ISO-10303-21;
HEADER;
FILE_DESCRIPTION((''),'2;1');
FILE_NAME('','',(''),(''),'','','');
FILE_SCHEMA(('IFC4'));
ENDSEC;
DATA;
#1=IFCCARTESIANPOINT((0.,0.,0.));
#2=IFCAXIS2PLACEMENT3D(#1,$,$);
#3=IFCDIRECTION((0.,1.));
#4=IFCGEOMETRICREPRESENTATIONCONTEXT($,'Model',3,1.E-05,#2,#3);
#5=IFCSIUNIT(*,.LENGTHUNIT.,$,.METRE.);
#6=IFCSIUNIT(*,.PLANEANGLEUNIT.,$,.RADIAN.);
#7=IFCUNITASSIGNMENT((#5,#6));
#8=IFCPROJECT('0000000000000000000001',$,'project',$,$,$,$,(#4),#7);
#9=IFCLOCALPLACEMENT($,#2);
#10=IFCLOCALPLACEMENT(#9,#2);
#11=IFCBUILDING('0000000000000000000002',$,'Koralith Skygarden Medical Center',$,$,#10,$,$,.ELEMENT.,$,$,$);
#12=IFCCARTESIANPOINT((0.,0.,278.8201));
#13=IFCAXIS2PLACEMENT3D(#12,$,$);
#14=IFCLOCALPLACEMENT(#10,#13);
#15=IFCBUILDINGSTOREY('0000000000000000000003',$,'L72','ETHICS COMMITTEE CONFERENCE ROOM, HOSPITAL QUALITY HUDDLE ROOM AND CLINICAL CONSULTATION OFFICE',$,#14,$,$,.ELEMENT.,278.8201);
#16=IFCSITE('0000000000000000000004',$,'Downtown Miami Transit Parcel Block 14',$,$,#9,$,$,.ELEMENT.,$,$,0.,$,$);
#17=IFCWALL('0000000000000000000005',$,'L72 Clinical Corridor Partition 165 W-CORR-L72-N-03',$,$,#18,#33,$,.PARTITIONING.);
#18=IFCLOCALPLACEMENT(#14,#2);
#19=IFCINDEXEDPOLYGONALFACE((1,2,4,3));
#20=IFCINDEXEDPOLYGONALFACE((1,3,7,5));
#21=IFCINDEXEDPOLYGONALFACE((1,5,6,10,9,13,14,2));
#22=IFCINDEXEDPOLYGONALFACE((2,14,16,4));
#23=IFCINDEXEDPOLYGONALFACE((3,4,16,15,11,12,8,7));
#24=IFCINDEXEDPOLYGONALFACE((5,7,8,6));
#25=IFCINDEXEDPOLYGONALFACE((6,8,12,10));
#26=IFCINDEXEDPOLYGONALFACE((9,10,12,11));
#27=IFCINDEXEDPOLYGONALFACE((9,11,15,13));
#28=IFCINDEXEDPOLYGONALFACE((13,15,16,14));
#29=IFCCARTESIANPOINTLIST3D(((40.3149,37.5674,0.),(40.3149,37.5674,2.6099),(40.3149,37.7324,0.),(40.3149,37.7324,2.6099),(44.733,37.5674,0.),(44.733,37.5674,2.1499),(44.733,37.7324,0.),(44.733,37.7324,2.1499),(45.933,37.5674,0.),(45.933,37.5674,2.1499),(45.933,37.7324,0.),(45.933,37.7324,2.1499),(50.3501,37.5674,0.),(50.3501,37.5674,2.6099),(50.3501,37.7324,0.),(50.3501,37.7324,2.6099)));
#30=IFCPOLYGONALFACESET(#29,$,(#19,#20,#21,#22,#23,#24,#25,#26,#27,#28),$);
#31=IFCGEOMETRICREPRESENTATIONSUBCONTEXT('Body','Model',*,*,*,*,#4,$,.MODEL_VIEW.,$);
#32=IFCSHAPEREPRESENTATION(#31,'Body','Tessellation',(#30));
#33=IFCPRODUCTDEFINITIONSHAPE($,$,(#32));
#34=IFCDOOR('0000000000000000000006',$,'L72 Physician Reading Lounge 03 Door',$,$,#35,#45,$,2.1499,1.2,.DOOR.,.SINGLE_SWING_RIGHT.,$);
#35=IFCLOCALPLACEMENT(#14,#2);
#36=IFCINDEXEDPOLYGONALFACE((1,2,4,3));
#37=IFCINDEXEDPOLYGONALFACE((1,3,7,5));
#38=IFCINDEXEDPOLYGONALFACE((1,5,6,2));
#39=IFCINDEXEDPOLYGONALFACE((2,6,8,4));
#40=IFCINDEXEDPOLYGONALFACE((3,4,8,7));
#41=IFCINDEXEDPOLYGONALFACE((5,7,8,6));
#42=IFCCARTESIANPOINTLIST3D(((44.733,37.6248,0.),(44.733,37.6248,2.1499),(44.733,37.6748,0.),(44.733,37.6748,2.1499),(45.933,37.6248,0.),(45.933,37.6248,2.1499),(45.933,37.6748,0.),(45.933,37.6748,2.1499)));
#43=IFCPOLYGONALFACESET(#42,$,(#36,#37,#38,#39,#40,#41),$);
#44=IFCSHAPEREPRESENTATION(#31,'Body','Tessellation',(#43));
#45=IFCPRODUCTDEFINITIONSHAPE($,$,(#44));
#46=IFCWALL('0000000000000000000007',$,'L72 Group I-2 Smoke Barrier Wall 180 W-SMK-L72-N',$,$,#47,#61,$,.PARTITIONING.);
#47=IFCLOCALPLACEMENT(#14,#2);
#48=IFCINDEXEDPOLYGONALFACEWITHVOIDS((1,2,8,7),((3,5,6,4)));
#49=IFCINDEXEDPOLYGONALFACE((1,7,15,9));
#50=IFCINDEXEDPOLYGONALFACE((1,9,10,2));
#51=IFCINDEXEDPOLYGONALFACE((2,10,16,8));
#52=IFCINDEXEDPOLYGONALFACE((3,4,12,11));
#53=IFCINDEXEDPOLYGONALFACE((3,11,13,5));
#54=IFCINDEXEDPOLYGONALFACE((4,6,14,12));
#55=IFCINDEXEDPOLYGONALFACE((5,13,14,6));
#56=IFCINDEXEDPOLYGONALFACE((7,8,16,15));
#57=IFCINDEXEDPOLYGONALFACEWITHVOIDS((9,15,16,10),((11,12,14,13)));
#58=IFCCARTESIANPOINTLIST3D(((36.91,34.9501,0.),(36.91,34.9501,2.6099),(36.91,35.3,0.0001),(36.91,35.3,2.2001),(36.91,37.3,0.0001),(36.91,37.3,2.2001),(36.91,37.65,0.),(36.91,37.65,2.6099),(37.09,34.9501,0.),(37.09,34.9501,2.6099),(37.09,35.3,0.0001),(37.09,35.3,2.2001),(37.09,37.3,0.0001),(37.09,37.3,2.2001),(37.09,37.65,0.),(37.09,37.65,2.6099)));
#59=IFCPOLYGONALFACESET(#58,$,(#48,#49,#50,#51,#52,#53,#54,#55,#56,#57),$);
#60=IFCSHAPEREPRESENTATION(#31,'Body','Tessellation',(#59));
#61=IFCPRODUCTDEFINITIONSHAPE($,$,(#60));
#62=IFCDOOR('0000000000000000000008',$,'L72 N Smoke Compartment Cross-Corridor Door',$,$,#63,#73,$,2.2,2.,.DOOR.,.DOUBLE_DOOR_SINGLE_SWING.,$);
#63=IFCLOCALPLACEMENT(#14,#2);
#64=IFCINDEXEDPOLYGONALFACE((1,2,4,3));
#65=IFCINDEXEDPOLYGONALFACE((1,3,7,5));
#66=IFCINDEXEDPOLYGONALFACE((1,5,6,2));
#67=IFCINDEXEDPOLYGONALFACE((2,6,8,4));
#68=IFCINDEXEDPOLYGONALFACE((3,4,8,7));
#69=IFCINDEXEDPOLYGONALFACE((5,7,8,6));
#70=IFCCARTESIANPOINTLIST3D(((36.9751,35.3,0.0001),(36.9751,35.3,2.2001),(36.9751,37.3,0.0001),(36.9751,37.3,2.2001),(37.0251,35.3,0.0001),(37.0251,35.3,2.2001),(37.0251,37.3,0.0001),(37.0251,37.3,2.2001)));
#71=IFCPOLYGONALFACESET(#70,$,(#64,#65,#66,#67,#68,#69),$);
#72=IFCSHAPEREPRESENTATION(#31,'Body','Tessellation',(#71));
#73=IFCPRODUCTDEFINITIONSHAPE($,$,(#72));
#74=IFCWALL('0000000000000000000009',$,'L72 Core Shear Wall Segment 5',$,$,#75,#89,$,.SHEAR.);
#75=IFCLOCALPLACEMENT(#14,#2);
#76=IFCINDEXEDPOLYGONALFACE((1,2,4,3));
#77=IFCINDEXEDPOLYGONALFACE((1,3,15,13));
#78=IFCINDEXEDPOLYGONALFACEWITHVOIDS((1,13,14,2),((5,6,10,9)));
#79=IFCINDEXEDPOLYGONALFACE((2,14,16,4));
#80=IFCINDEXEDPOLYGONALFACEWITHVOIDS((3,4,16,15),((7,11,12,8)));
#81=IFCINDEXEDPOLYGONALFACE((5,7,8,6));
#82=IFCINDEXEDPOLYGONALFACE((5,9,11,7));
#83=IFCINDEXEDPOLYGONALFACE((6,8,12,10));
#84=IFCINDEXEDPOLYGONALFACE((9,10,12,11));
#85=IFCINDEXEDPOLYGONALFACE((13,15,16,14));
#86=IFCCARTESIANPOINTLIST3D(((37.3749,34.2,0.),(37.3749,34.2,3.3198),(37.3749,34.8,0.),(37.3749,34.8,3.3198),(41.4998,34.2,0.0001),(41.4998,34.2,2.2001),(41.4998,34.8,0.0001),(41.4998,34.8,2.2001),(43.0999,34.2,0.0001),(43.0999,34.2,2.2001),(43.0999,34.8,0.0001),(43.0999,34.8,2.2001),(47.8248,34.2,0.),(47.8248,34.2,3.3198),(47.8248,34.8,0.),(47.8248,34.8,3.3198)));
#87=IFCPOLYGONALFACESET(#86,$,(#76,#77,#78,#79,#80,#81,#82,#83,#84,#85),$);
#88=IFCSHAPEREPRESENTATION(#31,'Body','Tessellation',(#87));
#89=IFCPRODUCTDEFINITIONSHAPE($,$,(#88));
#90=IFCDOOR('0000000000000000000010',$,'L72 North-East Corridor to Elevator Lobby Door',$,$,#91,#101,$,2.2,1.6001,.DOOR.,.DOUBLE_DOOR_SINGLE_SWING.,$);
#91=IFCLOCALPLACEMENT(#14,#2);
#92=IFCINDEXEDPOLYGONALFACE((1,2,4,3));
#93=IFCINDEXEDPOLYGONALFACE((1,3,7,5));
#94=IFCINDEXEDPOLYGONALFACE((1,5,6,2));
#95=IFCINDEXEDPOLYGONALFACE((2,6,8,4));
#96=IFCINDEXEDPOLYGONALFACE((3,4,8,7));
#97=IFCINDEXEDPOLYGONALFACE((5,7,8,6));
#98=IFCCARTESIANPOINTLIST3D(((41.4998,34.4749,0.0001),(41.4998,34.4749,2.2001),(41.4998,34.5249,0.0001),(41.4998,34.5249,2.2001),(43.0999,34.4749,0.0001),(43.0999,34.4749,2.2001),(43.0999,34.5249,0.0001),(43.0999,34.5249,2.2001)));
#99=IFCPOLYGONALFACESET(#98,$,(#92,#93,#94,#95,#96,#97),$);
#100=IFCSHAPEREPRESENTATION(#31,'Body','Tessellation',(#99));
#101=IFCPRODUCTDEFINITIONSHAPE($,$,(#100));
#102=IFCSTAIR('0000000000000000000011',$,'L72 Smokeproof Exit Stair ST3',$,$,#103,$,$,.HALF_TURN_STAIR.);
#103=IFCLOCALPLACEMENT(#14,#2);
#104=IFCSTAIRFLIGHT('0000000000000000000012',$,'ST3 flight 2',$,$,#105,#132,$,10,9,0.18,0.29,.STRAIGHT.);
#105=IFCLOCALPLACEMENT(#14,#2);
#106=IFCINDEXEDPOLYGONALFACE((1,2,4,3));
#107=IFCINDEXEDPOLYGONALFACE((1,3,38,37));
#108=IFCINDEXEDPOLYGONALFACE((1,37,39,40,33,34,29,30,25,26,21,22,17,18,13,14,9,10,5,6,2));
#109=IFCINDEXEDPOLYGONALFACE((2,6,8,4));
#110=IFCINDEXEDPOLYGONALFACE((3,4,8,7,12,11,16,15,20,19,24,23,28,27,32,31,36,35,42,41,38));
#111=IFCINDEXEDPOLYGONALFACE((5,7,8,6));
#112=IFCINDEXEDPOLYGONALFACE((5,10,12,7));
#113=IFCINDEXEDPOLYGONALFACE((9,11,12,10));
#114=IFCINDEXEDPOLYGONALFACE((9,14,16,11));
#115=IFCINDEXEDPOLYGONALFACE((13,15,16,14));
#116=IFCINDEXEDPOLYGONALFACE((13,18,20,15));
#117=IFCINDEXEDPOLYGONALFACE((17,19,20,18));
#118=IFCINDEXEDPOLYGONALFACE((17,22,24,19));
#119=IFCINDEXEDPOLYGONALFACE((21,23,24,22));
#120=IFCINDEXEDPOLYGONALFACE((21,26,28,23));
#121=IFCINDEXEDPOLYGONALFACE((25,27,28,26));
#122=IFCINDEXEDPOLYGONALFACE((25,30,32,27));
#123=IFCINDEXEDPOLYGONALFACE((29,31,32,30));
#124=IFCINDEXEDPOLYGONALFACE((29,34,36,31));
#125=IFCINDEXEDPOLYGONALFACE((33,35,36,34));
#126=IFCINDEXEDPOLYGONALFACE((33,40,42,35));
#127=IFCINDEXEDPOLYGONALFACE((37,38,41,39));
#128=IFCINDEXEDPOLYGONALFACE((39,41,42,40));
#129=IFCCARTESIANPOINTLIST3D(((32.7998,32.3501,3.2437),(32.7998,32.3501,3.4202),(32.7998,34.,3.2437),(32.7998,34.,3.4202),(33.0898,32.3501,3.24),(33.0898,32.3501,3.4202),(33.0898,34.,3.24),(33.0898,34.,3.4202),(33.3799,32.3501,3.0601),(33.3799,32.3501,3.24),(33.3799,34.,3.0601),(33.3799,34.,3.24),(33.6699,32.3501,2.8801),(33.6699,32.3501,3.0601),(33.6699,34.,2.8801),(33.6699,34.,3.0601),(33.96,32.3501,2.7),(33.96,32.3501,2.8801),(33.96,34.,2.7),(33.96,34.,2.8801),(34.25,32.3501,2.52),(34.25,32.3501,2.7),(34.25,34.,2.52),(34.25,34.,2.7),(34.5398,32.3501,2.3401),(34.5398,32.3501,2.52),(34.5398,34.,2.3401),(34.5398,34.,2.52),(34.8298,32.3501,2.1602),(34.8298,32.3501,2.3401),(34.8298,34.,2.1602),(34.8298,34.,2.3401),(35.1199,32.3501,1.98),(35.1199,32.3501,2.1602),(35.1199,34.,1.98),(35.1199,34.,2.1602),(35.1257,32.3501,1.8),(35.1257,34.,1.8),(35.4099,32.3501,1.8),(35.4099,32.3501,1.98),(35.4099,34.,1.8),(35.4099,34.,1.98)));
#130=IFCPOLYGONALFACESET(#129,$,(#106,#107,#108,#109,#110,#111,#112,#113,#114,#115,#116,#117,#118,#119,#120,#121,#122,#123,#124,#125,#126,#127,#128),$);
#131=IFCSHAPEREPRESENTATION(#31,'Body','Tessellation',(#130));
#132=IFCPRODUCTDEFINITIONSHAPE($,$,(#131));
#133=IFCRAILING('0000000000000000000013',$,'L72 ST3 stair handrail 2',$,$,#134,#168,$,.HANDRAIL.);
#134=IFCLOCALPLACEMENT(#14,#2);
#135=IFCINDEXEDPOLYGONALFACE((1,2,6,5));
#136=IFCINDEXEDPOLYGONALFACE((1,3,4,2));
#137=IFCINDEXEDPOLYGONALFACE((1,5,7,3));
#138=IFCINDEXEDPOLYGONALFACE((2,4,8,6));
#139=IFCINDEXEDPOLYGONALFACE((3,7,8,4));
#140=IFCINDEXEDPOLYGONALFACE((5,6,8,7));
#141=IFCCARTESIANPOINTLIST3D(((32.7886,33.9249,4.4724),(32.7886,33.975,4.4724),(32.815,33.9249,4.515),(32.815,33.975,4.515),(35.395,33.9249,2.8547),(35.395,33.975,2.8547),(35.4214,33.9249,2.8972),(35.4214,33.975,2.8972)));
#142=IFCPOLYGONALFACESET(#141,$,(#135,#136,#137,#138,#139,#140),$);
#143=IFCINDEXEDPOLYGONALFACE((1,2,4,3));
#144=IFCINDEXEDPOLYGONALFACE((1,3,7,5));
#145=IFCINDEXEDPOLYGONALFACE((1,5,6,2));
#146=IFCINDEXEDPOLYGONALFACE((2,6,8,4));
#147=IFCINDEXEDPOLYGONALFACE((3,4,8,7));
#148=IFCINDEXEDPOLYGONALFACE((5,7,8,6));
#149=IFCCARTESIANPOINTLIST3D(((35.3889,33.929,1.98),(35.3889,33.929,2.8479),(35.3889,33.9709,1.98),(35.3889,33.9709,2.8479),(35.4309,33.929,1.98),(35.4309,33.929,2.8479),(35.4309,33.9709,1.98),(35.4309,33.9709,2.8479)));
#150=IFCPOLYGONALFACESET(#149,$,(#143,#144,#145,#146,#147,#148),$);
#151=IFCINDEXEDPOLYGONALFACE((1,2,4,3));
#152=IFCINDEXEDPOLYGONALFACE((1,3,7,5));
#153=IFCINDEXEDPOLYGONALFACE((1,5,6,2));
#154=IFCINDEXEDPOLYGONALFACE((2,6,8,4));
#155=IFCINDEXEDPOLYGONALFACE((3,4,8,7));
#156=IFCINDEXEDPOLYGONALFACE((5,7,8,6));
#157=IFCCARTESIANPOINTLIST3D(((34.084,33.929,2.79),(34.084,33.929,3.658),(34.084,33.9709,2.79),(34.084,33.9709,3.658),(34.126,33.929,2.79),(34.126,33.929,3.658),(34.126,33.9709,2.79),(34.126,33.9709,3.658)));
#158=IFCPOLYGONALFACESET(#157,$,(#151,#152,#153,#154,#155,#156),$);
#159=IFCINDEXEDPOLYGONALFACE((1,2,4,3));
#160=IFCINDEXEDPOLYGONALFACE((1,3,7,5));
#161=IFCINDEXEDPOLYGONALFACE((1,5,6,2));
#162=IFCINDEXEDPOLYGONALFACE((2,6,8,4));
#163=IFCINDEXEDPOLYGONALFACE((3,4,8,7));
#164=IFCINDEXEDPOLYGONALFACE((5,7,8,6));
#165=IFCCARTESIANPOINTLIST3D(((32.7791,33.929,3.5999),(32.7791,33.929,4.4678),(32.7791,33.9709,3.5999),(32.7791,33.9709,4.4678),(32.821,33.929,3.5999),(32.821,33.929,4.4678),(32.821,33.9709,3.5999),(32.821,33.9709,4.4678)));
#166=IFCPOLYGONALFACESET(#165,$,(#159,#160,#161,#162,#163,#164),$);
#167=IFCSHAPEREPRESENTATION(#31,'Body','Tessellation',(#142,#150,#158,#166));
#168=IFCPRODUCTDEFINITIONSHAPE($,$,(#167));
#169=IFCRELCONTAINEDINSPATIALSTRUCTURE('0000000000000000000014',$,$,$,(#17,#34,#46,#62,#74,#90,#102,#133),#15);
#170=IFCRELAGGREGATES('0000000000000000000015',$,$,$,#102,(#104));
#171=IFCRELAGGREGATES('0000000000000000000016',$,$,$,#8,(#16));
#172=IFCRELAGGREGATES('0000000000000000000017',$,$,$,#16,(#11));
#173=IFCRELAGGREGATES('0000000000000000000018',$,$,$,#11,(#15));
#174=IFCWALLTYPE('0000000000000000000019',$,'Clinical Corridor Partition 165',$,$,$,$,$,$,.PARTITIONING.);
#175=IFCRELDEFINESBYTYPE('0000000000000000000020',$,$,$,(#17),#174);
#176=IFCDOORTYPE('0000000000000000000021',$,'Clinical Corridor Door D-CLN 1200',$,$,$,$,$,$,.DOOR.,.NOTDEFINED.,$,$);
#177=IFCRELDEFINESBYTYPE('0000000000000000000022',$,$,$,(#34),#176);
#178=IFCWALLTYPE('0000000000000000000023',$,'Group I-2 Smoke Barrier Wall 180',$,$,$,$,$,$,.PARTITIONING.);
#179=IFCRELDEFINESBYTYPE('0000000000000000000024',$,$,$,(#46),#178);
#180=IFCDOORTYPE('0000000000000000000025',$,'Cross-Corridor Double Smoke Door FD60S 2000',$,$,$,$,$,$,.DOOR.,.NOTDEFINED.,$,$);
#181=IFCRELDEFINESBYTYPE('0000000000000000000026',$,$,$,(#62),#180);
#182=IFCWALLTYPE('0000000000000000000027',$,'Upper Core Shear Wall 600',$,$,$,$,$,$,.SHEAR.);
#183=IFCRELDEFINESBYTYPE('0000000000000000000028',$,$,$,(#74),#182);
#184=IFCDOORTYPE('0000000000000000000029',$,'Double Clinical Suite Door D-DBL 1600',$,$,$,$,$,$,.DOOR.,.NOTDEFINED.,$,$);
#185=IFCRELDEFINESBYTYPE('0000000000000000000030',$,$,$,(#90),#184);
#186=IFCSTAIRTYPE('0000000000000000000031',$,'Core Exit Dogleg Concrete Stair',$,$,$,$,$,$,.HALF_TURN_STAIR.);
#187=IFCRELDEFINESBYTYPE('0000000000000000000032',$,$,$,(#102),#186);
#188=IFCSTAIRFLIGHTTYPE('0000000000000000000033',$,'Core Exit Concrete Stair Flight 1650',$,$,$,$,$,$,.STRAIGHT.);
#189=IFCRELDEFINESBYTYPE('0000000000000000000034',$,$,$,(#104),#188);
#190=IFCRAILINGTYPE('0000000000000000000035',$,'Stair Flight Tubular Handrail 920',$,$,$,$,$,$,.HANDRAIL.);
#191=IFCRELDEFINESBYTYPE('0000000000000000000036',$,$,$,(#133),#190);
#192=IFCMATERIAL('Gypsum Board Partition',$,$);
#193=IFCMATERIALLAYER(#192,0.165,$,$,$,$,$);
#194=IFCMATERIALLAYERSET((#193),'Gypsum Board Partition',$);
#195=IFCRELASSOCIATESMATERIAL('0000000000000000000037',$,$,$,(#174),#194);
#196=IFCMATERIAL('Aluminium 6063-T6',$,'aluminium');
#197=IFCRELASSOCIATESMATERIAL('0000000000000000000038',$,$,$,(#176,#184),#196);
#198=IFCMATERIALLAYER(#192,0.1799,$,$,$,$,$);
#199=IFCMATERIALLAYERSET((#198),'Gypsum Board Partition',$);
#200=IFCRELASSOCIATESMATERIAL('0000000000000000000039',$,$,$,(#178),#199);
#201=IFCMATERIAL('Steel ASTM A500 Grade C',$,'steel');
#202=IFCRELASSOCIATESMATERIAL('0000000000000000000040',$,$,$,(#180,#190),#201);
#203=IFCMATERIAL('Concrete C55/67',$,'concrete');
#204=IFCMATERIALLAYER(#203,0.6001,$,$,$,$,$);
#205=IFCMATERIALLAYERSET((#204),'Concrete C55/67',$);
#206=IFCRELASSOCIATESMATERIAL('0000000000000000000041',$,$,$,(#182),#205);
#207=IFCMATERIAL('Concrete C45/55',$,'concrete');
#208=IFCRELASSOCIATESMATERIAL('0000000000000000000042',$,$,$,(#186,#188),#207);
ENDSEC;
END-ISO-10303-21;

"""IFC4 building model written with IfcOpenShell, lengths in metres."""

from ifc_helpers import new_model, si_unit, direction, frame, frame_2d, origin, origin_2d, place, context, subcontext, project, spatial, polyline, rectangle, outline, extrude, material, layer, layer_set, type_object, element, fill, aggregate, save


model = new_model("IFC4")

# Units and contexts
model_context = context("Model", 3, precision=1e-05, world=origin(), true_north=direction((0.0, 1.0)))
body_context = subcontext(model_context, "Body", "Model", "MODEL_VIEW")
ifc_project = project(units=[si_unit("LENGTHUNIT", "METRE"), si_unit("PLANEANGLEUNIT", "RADIAN")], contexts=[model_context])

# Site, building, storey
site_placement = place(None, origin())
site = spatial("IfcSite", under=ifc_project, at=site_placement, Name="Downtown Miami Transit Parcel Block 14", CompositionType="ELEMENT", RefElevation=0.0)
building_placement = place(site_placement, origin())
building = spatial("IfcBuilding", under=site, at=building_placement, Name="Koralith Skygarden Medical Center", CompositionType="ELEMENT")
storey_placement = place(building_placement, frame((0.0, 0.0, 278.8201)))
storey = spatial("IfcBuildingStorey", under=building, at=storey_placement, Name="L72", Description="ETHICS COMMITTEE CONFERENCE ROOM, HOSPITAL QUALITY HUDDLE ROOM AND CLINICAL CONSULTATION OFFICE", CompositionType="ELEMENT", Elevation=278.8201)

# Shared definitions
ifc_material_1 = material(Name="Concrete C55/67", Category="concrete")

# Shared definitions
ifc_material_2 = material(Name="Aluminium 6063-T6", Category="aluminium")

# Shared definitions
ifc_material_3 = material(Name="Concrete C45/55", Category="concrete")

# Shared definitions
ifc_material_4 = material(Name="Gypsum Board Partition")

# Walls, openings, doors
ifc_layer_1 = layer(ifc_material_4, 0.165)
ifc_layer_set_1 = layer_set([ifc_layer_1], Name="Gypsum Board Partition")
wall_type_1 = type_object("IfcWallType", Name="Clinical Corridor Partition 165", PredefinedType="PARTITIONING", material=ifc_layer_set_1)
wall_1_placement = place(storey_placement, frame((40.3149, 37.6499, 0.0), z_axis=(0.0, 0.0, 1.0), x_axis=(1.0, 0.0, 0.0)))
wall_1 = element("IfcWall", 1, at=wall_1_placement, inside=storey, type_object=wall_type_1, Name="L72 Clinical Corridor Partition 165 W-CORR-L72-N-03", PredefinedType="PARTITIONING", context=body_context, shape_type="SweptSolid", body=[
    extrude(rectangle(XDim=10.0352, YDim=0.165, at=frame_2d((5.0176, 0.0))), origin(), (0.0, 0.0, 1.0), 2.6099),
])
opening_1_placement = place(wall_1_placement, frame((4.418, 0.0, 0.0)))
opening_1 = element("IfcOpeningElement", 2, at=opening_1_placement, cuts=wall_1, PredefinedType="OPENING", context=body_context, shape_type="SweptSolid", body=[
    extrude(rectangle(XDim=1.2, YDim=2.1499, at=frame_2d((0.6001, 1.075))), frame((0.0, 0.0925, 0.0), z_axis=(0.0, -1.0, 0.0), x_axis=(1.0, 0.0, 0.0)), (0.0, 0.0, 1.0), 0.1851),
])
door_type_1 = type_object("IfcDoorType", Name="Clinical Corridor Door D-CLN 1200", OperationType="NOTDEFINED", PredefinedType="DOOR", material=ifc_material_2)
door_1_placement = place(opening_1_placement, origin())
door_1 = element("IfcDoor", 3, at=door_1_placement, inside=storey, type_object=door_type_1, Name="L72 Physician Reading Lounge 03 Door", OperationType="SINGLE_SWING_RIGHT", OverallHeight=2.1499, OverallWidth=1.2, PredefinedType="DOOR", context=body_context, shape_type="SweptSolid", body=[
    extrude(rectangle(XDim=1.2, YDim=2.1499, at=frame_2d((0.6001, 1.075))), frame((0.0, 0.0249, 0.0), z_axis=(0.0, -1.0, 0.0), x_axis=(1.0, 0.0, 0.0)), (0.0, 0.0, 1.0), 0.05),
])
fill(opening_1, door_1)
ifc_layer_2 = layer(ifc_material_4, 0.1799)
ifc_layer_set_2 = layer_set([ifc_layer_2], Name="Gypsum Board Partition")
wall_type_2 = type_object("IfcWallType", Name="Group I-2 Smoke Barrier Wall 180", PredefinedType="PARTITIONING", material=ifc_layer_set_2)
wall_2_placement = place(storey_placement, frame((37.0, 34.95, 0.0), z_axis=(0.0, 0.0, 1.0), x_axis=(0.0, 1.0, 0.0)))
wall_2 = element("IfcWall", 4, at=wall_2_placement, inside=storey, type_object=wall_type_2, Name="L72 Group I-2 Smoke Barrier Wall 180 W-SMK-L72-N", PredefinedType="PARTITIONING", context=body_context, shape_type="SweptSolid", body=[
    extrude(rectangle(XDim=2.7, YDim=0.1799, at=frame_2d((1.3501, 0.0))), origin(), (0.0, 0.0, 1.0), 2.6099),
])
opening_2_placement = place(wall_2_placement, frame((0.3501, 0.0, 0.0)))
opening_2 = element("IfcOpeningElement", 5, at=opening_2_placement, cuts=wall_2, PredefinedType="OPENING", context=body_context, shape_type="SweptSolid", body=[
    extrude(rectangle(XDim=2.0, YDim=2.2, at=frame_2d((1.0, 1.1001))), frame((0.0, 0.0999, 0.0), z_axis=(0.0, -1.0, 0.0), x_axis=(1.0, 0.0, 0.0)), (0.0, 0.0, 1.0), 0.2),
])
ifc_material_5 = material(Name="Steel ASTM A500 Grade C", Category="steel")
door_type_2 = type_object("IfcDoorType", Name="Cross-Corridor Double Smoke Door FD60S 2000", OperationType="NOTDEFINED", PredefinedType="DOOR", material=ifc_material_5)
door_2_placement = place(opening_2_placement, origin())
door_2 = element("IfcDoor", 6, at=door_2_placement, inside=storey, type_object=door_type_2, Name="L72 N Smoke Compartment Cross-Corridor Door", OperationType="DOUBLE_DOOR_SINGLE_SWING", OverallHeight=2.2, OverallWidth=2.0, PredefinedType="DOOR", context=body_context, shape_type="SweptSolid", body=[
    extrude(rectangle(XDim=2.0, YDim=2.2, at=frame_2d((1.0, 1.1001))), frame((0.0, 0.0249, 0.0), z_axis=(0.0, -1.0, 0.0), x_axis=(1.0, 0.0, 0.0)), (0.0, 0.0, 1.0), 0.05),
])
fill(opening_2, door_2)
ifc_layer_3 = layer(ifc_material_1, 0.6001)
ifc_layer_set_3 = layer_set([ifc_layer_3], Name="Concrete C55/67")
wall_type_3 = type_object("IfcWallType", Name="Upper Core Shear Wall 600", PredefinedType="SHEAR", material=ifc_layer_set_3)
wall_3_placement = place(storey_placement, frame((47.825, 34.5, 0.0), z_axis=(0.0, 0.0, 1.0), x_axis=(-1.0, 0.0, 0.0)))
wall_3 = element("IfcWall", 7, at=wall_3_placement, inside=storey, type_object=wall_type_3, Name="L72 Core Shear Wall Segment 5", PredefinedType="SHEAR", context=body_context, shape_type="SweptSolid", body=[
    extrude(rectangle(XDim=10.45, YDim=0.6001, at=frame_2d((5.2251, 0.0))), origin(), (0.0, 0.0, 1.0), 3.3198),
])
opening_3_placement = place(wall_3_placement, frame((4.7251, 0.0, 0.0)))
opening_3 = element("IfcOpeningElement", 8, at=opening_3_placement, cuts=wall_3, PredefinedType="OPENING", context=body_context, shape_type="SweptSolid", body=[
    extrude(rectangle(XDim=1.6001, YDim=2.2, at=frame_2d((0.8, 1.1001))), frame((0.0, 0.3101, 0.0), z_axis=(0.0, -1.0, 0.0), x_axis=(1.0, 0.0, 0.0)), (0.0, 0.0, 1.0), 0.6201),
])
door_type_3 = type_object("IfcDoorType", Name="Double Clinical Suite Door D-DBL 1600", OperationType="NOTDEFINED", PredefinedType="DOOR", material=ifc_material_2)
door_3_placement = place(opening_3_placement, frame((1.6001, 0.0, 0.0), z_axis=(0.0, 0.0, 1.0), x_axis=(-1.0, 0.0, 0.0)))
door_3 = element("IfcDoor", 9, at=door_3_placement, inside=storey, type_object=door_type_3, Name="L72 North-East Corridor to Elevator Lobby Door", OperationType="DOUBLE_DOOR_SINGLE_SWING", OverallHeight=2.2, OverallWidth=1.6001, PredefinedType="DOOR", context=body_context, shape_type="SweptSolid", body=[
    extrude(rectangle(XDim=1.6001, YDim=2.2, at=frame_2d((0.8, 1.1001))), frame((0.0, 0.0249, 0.0), z_axis=(0.0, -1.0, 0.0), x_axis=(1.0, 0.0, 0.0)), (0.0, 0.0, 1.0), 0.05),
])
fill(opening_3, door_3)

# Stair, stair flight
stair_type = type_object("IfcStairType", Name="Core Exit Dogleg Concrete Stair", PredefinedType="HALF_TURN_STAIR", material=ifc_material_3)
stair_placement = place(storey_placement, origin())
stair = element("IfcStair", 10, at=stair_placement, inside=storey, type_object=stair_type, Name="L72 Smokeproof Exit Stair ST3", PredefinedType="HALF_TURN_STAIR")
stair_flight_type = type_object("IfcStairFlightType", Name="Core Exit Concrete Stair Flight 1650", PredefinedType="STRAIGHT", material=ifc_material_3)
stair_flight_placement = place(storey_placement, frame((35.4099, 33.175, 1.8), z_axis=(0.0, 0.0, 1.0), x_axis=(-1.0, 0.0, 0.0)))
stair_flight = element("IfcStairFlight", 11, at=stair_flight_placement, type_object=stair_flight_type, Name="ST3 flight 2", NumberOfRisers=10, NumberOfTreads=9, PredefinedType="STRAIGHT", RiserHeight=0.18, TreadLength=0.29, context=body_context, shape_type="SweptSolid", body=[
    extrude(outline(polyline([(0.0, 0.0), (0.0, 0.1799), (0.29, 0.1799), (0.29, 0.3601), (0.5801, 0.3601), (0.5801, 0.54), (0.8701, 0.54), (0.8701, 0.72), (1.1599, 0.72), (1.1599, 0.8999), (1.45, 0.8999), (1.45, 1.0801), (1.74, 1.0801), (1.74, 1.26), (2.03, 1.26), (2.03, 1.4399), (2.3201, 1.4399), (2.3201, 1.6201), (2.6101, 1.6201), (2.6101, 1.8), (2.6101, 1.4436), (0.2842, 0.0), (0.0, 0.0)])), frame((0.0, 0.825, 0.0), z_axis=(0.0, -1.0, 0.0), x_axis=(1.0, 0.0, 0.0)), (0.0, 0.0, 1.0), 1.6499),
])
aggregate(stair, [stair_flight])

# Railing
railing_type_1 = type_object("IfcRailingType", Name="Stair Flight Tubular Handrail 920", PredefinedType="HANDRAIL", material=ifc_material_5)
railing_1_placement = place(storey_placement, frame((35.4099, 33.95, 1.98)))
element("IfcRailing", 12, at=railing_1_placement, inside=storey, type_object=railing_type_1, Name="L72 ST3 stair handrail 2", PredefinedType="HANDRAIL", context=body_context, shape_type="SweptSolid", body=[
    extrude(rectangle(XDim=0.05, YDim=0.05, at=origin_2d()), frame((-0.0017, 0.0, 0.896), z_axis=(-0.849646, 0.0, 0.527353), x_axis=(0.0, -1.0, 0.0)), (0.0, 0.0, 1.0), 3.0676),
    extrude(rectangle(XDim=0.042, YDim=0.042, at=origin_2d()), origin(), (0.0, 0.0, 1.0), 0.8679),
    extrude(rectangle(XDim=0.042, YDim=0.042, at=origin_2d()), frame((-1.3049, 0.0, 0.8101)), (0.0, 0.0, 1.0), 0.8679),
    extrude(rectangle(XDim=0.042, YDim=0.042, at=origin_2d()), frame((-2.6099, 0.0, 1.6199)), (0.0, 0.0, 1.0), 0.8679),
])

save(model, "model.ifc")
